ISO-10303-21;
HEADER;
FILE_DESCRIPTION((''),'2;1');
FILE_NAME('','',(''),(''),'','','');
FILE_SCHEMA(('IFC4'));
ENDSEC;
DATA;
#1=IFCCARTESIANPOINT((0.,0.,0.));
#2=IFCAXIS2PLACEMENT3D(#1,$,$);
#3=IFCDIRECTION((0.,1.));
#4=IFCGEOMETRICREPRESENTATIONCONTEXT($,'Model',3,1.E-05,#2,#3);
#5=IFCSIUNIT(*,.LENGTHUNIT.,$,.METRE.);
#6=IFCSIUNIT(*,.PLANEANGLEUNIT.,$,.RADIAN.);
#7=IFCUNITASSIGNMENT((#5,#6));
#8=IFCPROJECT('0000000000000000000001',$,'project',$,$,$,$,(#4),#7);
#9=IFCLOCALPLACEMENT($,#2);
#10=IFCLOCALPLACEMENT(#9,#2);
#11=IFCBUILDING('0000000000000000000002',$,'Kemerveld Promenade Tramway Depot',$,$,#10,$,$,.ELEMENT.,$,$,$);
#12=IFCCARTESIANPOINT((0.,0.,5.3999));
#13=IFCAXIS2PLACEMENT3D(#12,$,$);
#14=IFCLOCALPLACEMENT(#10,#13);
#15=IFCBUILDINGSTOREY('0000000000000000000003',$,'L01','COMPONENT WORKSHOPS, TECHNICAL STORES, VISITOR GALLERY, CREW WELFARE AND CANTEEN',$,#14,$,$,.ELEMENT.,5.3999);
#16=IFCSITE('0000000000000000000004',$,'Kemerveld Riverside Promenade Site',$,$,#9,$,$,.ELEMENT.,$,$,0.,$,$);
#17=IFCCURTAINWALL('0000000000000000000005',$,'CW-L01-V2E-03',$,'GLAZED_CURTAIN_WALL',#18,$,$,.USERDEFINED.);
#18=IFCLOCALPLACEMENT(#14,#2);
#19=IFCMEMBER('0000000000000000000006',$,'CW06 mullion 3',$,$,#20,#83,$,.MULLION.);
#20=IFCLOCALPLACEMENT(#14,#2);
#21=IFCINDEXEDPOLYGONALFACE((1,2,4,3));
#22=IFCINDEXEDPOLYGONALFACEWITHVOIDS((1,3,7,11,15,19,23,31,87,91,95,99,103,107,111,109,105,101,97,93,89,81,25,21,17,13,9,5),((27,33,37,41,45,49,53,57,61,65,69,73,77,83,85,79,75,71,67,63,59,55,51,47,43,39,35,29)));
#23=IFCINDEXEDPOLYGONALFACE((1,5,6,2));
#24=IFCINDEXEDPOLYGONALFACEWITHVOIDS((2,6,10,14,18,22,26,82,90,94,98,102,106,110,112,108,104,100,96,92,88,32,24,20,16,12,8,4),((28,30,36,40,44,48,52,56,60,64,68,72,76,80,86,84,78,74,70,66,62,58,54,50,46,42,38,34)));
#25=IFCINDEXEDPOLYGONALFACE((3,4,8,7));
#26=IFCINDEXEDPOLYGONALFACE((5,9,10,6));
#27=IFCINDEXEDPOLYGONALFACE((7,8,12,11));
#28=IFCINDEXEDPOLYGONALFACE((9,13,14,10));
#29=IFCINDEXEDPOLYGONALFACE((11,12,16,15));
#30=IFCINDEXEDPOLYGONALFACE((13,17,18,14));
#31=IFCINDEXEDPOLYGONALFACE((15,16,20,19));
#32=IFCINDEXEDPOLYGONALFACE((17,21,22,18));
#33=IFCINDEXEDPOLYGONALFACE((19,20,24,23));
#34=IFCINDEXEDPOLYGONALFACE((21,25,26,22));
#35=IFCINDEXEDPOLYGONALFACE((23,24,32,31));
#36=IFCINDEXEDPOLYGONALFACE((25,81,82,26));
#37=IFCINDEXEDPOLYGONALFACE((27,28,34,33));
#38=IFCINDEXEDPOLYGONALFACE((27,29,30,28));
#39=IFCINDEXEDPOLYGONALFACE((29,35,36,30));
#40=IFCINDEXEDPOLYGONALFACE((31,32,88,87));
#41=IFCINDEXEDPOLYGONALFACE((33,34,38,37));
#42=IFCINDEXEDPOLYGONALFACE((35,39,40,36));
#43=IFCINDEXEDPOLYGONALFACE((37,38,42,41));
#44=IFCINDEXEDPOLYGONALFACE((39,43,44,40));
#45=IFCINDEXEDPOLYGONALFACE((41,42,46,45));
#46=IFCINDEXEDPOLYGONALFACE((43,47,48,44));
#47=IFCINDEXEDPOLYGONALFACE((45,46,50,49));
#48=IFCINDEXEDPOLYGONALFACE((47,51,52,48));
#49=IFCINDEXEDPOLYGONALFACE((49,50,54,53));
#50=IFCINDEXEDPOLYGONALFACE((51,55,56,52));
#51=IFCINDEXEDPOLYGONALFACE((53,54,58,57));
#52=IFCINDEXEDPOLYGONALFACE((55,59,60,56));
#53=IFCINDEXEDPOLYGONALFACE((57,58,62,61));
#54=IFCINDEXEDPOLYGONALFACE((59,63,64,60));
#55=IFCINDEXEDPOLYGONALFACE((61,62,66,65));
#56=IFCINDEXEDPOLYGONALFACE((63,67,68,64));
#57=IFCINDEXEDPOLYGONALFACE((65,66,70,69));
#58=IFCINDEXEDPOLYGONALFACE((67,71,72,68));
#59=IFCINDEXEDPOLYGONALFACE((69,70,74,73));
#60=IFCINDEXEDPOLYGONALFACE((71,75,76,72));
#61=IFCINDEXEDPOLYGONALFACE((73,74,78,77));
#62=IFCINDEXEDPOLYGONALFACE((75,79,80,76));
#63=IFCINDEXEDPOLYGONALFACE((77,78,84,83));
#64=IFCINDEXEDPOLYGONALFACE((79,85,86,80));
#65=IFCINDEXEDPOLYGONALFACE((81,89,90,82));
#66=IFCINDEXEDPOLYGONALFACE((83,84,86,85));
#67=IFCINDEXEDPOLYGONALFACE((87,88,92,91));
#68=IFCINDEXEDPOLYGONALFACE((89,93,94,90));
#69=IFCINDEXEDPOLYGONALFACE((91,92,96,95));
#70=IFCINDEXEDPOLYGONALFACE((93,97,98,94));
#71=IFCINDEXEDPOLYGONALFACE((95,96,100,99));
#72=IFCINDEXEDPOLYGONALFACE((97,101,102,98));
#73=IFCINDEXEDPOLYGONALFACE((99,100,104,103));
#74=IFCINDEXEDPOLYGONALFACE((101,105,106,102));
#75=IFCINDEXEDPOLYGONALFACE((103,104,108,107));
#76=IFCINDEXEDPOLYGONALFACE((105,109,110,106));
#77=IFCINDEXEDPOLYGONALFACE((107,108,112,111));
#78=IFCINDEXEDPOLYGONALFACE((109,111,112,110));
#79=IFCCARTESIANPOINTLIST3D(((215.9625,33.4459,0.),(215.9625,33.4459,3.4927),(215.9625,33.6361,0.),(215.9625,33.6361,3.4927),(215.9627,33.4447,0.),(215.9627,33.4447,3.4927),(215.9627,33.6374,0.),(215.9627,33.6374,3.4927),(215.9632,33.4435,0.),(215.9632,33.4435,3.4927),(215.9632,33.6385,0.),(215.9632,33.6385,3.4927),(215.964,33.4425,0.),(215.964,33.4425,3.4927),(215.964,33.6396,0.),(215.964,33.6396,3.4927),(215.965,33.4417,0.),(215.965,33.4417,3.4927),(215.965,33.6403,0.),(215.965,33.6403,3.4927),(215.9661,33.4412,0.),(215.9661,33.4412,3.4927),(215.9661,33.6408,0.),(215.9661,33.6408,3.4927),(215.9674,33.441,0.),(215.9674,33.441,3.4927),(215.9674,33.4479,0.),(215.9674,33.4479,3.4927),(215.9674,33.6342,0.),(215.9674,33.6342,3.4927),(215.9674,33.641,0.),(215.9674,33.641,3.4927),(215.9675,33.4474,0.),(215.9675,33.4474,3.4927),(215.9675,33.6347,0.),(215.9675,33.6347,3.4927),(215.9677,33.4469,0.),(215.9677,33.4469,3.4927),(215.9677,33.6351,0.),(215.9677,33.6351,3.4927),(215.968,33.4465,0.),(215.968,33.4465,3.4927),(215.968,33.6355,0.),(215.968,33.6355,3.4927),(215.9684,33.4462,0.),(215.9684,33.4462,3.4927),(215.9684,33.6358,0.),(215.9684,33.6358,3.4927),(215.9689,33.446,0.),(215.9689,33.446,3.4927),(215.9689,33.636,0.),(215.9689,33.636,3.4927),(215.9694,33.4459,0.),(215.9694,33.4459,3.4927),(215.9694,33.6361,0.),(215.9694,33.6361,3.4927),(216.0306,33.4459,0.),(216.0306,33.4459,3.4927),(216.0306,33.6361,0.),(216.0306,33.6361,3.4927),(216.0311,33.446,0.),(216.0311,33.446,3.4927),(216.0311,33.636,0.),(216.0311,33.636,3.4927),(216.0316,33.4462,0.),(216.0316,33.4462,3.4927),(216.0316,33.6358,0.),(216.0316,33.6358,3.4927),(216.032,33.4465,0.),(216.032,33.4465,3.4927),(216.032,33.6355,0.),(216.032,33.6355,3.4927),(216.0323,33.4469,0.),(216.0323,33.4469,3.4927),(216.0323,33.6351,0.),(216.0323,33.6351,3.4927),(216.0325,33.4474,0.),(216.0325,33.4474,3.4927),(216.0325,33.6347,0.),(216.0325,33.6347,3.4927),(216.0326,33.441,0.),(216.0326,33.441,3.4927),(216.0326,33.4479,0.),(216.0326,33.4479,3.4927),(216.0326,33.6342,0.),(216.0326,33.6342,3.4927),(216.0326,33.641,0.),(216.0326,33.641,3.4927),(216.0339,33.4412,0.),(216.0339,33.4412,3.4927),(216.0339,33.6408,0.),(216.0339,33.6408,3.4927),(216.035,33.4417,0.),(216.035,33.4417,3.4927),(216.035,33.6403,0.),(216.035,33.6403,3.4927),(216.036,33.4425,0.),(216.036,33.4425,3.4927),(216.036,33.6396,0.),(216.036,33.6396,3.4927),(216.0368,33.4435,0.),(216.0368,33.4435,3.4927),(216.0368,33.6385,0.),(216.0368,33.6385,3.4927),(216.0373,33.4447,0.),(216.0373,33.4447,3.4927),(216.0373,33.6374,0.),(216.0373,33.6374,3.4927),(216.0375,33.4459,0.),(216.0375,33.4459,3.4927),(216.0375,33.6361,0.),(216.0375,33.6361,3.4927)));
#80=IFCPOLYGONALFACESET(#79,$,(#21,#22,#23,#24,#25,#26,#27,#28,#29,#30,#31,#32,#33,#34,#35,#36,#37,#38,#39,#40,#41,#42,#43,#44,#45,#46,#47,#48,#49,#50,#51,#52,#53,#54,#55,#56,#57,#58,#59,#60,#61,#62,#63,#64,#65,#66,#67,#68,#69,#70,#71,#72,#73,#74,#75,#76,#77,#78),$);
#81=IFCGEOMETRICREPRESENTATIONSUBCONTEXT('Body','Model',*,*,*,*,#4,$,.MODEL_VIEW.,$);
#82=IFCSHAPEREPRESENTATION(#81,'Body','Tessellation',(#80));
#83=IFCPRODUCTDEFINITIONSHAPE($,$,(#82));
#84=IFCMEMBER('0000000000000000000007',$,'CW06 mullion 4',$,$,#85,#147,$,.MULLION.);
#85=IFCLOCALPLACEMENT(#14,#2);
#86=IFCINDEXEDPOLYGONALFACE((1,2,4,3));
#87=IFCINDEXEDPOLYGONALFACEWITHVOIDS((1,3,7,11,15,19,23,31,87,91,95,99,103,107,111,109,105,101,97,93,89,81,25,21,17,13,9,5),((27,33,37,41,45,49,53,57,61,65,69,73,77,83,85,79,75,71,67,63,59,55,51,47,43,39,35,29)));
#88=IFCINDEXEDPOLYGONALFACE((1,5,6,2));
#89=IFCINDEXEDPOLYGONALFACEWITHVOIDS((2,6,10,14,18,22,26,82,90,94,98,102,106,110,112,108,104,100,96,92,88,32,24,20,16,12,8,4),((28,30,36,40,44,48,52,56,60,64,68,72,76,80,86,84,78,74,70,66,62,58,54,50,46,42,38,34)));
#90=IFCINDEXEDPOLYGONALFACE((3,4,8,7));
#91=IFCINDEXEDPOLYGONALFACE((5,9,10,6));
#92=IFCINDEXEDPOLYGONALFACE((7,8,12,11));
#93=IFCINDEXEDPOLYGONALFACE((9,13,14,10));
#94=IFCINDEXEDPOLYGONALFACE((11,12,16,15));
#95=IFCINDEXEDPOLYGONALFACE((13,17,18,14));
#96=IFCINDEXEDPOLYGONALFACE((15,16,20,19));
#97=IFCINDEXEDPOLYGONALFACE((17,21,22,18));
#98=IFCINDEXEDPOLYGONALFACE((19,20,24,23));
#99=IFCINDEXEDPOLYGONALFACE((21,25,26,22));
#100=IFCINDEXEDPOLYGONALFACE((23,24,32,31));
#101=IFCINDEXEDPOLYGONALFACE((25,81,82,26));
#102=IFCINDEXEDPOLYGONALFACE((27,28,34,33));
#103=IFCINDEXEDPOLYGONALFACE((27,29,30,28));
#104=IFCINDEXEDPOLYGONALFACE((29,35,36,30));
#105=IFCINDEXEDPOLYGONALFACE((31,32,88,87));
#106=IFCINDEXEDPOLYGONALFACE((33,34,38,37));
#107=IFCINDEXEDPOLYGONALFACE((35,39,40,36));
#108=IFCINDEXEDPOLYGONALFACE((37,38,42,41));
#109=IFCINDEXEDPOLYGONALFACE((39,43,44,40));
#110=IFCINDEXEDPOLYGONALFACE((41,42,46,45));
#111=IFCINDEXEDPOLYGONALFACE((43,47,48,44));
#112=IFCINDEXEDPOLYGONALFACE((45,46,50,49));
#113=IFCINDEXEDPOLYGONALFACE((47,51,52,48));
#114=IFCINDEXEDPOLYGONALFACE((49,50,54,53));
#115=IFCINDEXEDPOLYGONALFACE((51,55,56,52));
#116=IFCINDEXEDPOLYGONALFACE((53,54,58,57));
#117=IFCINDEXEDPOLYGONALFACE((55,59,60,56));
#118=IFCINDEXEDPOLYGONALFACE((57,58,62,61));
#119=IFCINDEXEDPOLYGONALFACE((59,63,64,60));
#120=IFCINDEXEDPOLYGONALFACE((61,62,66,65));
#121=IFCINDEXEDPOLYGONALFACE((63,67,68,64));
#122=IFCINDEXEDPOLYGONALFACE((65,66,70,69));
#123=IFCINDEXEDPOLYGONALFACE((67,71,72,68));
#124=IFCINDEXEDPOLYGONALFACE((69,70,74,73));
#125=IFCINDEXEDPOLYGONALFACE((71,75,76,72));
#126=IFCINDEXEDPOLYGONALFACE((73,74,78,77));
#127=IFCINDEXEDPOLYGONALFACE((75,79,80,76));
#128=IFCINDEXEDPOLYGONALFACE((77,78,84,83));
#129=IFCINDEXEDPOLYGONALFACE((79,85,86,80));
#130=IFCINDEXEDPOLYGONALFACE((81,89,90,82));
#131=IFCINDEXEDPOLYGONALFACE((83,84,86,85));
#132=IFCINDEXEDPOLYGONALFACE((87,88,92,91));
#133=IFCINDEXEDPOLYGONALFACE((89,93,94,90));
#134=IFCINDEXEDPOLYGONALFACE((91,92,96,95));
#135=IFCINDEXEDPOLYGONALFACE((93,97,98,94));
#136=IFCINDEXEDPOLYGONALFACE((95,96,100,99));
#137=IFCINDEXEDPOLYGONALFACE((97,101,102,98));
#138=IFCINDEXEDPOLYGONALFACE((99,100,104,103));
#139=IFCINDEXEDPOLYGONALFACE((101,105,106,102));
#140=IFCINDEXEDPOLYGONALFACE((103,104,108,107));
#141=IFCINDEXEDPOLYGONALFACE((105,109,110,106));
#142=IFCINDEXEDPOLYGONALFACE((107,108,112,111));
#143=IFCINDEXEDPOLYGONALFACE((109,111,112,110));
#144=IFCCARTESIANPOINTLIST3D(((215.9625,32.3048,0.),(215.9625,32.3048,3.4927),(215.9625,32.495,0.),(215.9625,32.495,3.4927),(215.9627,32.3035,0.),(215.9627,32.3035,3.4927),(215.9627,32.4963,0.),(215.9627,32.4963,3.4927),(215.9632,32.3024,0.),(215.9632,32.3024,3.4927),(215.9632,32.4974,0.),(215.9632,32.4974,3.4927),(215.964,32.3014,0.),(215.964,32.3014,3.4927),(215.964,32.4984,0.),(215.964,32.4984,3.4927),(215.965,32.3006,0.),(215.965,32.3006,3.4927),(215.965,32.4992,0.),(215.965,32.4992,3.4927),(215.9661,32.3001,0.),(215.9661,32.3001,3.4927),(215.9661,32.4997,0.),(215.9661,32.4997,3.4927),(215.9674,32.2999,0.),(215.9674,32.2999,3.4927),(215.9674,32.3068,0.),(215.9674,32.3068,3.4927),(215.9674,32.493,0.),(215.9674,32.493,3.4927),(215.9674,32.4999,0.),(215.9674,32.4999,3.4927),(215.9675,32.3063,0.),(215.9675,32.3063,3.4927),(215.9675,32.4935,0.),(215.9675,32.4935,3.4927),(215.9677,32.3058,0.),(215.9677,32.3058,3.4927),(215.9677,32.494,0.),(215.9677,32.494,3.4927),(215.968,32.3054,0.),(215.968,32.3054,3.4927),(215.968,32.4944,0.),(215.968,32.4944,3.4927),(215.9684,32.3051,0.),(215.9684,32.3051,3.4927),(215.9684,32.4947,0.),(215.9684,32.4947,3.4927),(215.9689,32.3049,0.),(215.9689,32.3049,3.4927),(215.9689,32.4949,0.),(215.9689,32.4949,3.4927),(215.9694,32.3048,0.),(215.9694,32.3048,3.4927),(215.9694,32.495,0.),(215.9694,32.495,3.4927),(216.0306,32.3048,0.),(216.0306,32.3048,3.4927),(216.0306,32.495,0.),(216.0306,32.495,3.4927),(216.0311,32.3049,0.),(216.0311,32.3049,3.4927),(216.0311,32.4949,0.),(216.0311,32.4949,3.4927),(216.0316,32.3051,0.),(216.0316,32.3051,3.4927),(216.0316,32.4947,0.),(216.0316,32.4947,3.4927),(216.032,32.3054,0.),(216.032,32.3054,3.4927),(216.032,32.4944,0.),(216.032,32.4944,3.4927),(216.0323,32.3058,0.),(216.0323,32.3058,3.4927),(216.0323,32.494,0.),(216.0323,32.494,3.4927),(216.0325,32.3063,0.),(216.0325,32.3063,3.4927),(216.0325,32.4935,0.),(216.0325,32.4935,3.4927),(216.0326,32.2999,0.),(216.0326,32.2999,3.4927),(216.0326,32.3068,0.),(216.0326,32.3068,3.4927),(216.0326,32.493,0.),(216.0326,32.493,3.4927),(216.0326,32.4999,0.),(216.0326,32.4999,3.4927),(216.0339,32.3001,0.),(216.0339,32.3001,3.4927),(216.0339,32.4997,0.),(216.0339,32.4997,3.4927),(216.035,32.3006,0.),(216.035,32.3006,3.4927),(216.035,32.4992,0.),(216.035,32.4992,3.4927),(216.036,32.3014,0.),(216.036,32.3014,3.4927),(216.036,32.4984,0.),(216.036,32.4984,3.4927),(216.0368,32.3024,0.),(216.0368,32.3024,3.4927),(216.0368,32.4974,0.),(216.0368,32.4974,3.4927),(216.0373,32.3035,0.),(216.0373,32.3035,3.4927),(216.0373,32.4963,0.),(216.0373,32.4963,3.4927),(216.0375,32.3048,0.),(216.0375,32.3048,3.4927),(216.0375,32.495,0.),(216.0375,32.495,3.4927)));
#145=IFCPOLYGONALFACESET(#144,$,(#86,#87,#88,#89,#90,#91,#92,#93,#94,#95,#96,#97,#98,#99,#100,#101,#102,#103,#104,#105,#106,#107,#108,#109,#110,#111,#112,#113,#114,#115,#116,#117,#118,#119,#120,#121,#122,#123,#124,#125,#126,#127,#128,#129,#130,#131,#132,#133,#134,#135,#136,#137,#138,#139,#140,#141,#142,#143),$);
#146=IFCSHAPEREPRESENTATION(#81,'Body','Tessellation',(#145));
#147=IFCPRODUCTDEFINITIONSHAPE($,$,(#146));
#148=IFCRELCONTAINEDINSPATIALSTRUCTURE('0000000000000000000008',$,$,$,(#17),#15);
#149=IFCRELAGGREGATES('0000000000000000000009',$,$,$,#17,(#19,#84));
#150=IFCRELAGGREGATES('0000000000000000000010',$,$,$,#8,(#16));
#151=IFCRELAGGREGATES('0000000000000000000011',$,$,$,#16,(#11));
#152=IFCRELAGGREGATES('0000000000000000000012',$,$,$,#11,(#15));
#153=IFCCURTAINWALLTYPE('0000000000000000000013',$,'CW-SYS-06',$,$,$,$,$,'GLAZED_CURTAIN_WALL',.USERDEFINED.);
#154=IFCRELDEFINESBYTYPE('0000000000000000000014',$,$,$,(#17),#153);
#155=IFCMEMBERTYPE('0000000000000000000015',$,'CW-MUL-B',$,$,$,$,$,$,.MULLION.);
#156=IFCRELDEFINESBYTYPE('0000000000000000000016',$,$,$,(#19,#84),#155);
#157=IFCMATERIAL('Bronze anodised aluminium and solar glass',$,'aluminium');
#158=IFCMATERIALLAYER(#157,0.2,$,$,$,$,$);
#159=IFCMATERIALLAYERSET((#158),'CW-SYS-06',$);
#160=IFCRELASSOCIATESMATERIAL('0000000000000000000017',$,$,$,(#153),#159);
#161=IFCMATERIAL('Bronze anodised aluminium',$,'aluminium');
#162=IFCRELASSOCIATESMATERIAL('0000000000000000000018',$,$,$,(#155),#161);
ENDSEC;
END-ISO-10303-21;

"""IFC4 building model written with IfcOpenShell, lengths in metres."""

from ifc_helpers import new_model, si_unit, direction, frame, origin, origin_2d, place, context, subcontext, project, spatial, hollow_rectangle, extrude, material, layer, layer_set, material_profile, profile_set, type_object, element, aggregate, save


model = new_model("IFC4")

# Units and contexts
model_context = context("Model", 3, precision=1e-05, world=origin(), true_north=direction((0.0, 1.0)))
body_context = subcontext(model_context, "Body", "Model", "MODEL_VIEW")
ifc_project = project(units=[si_unit("LENGTHUNIT", "METRE"), si_unit("PLANEANGLEUNIT", "RADIAN")], contexts=[model_context])

# Site, building, storey
site_placement = place(None, origin())
site = spatial("IfcSite", under=ifc_project, at=site_placement, Name="Kemerveld Riverside Promenade Site", CompositionType="ELEMENT", RefElevation=0.0)
building_placement = place(site_placement, origin())
building = spatial("IfcBuilding", under=site, at=building_placement, Name="Kemerveld Promenade Tramway Depot", CompositionType="ELEMENT")
storey_placement = place(building_placement, frame((0.0, 0.0, 5.3999)))
storey = spatial("IfcBuildingStorey", under=building, at=storey_placement, Name="L01", Description="COMPONENT WORKSHOPS, TECHNICAL STORES, VISITOR GALLERY, CREW WELFARE AND CANTEEN", CompositionType="ELEMENT", Elevation=5.3999)

# Curtain wall, members
ifc_material_1 = material(Name="Bronze anodised aluminium and solar glass", Category="aluminium")
ifc_layer_1 = layer(ifc_material_1, 0.2)
ifc_layer_set_1 = layer_set([ifc_layer_1], Name="CW-SYS-06")
curtain_wall_type = type_object("IfcCurtainWallType", Name="CW-SYS-06", ElementType="GLAZED_CURTAIN_WALL", PredefinedType="USERDEFINED", material=ifc_layer_set_1)
curtain_wall_placement = place(storey_placement, origin())
curtain_wall = element("IfcCurtainWall", 1, at=curtain_wall_placement, inside=storey, type_object=curtain_wall_type, Name="CW-L01-V2E-03", ObjectType="GLAZED_CURTAIN_WALL", PredefinedType="USERDEFINED")
ifc_material_2 = material(Name="Bronze anodised aluminium", Category="aluminium")
ifc_material_profile_1 = material_profile(ifc_material_2, hollow_rectangle(XDim=0.075, YDim=0.2, WallThickness=0.0049, InnerFilletRadius=0.002, OuterFilletRadius=0.0049, at=origin_2d()), Name="CW-MUL-200x75")
ifc_profile_set_1 = profile_set([ifc_material_profile_1], Name="Bronze anodised aluminium")
member_type_1 = type_object("IfcMemberType", Name="CW-MUL-B", PredefinedType="MULLION", material=ifc_profile_set_1)
member_1_placement = place(storey_placement, frame((216.0, 33.541, 0.0), z_axis=(0.0, 0.0, 1.0), x_axis=(1.0, 0.0, 0.0)))
member_1 = element("IfcMember", 2, at=member_1_placement, type_object=member_type_1, Name="CW06 mullion 3", PredefinedType="MULLION", context=body_context, shape_type="SweptSolid", body=[
    extrude(hollow_rectangle(XDim=0.075, YDim=0.2, WallThickness=0.0049, InnerFilletRadius=0.002, OuterFilletRadius=0.0049, at=origin_2d()), origin(), (0.0, 0.0, 1.0), 3.4927),
])
member_2_placement = place(storey_placement, frame((216.0, 32.3999, 0.0), z_axis=(0.0, 0.0, 1.0), x_axis=(1.0, 0.0, 0.0)))
member_2 = element("IfcMember", 3, at=member_2_placement, type_object=member_type_1, Name="CW06 mullion 4", PredefinedType="MULLION", context=body_context, shape_type="SweptSolid", body=[
    extrude(hollow_rectangle(XDim=0.075, YDim=0.2, WallThickness=0.0049, InnerFilletRadius=0.002, OuterFilletRadius=0.0049, at=origin_2d()), origin(), (0.0, 0.0, 1.0), 3.4927),
])
aggregate(curtain_wall, [member_1, member_2])

save(model, "model.ifc")
